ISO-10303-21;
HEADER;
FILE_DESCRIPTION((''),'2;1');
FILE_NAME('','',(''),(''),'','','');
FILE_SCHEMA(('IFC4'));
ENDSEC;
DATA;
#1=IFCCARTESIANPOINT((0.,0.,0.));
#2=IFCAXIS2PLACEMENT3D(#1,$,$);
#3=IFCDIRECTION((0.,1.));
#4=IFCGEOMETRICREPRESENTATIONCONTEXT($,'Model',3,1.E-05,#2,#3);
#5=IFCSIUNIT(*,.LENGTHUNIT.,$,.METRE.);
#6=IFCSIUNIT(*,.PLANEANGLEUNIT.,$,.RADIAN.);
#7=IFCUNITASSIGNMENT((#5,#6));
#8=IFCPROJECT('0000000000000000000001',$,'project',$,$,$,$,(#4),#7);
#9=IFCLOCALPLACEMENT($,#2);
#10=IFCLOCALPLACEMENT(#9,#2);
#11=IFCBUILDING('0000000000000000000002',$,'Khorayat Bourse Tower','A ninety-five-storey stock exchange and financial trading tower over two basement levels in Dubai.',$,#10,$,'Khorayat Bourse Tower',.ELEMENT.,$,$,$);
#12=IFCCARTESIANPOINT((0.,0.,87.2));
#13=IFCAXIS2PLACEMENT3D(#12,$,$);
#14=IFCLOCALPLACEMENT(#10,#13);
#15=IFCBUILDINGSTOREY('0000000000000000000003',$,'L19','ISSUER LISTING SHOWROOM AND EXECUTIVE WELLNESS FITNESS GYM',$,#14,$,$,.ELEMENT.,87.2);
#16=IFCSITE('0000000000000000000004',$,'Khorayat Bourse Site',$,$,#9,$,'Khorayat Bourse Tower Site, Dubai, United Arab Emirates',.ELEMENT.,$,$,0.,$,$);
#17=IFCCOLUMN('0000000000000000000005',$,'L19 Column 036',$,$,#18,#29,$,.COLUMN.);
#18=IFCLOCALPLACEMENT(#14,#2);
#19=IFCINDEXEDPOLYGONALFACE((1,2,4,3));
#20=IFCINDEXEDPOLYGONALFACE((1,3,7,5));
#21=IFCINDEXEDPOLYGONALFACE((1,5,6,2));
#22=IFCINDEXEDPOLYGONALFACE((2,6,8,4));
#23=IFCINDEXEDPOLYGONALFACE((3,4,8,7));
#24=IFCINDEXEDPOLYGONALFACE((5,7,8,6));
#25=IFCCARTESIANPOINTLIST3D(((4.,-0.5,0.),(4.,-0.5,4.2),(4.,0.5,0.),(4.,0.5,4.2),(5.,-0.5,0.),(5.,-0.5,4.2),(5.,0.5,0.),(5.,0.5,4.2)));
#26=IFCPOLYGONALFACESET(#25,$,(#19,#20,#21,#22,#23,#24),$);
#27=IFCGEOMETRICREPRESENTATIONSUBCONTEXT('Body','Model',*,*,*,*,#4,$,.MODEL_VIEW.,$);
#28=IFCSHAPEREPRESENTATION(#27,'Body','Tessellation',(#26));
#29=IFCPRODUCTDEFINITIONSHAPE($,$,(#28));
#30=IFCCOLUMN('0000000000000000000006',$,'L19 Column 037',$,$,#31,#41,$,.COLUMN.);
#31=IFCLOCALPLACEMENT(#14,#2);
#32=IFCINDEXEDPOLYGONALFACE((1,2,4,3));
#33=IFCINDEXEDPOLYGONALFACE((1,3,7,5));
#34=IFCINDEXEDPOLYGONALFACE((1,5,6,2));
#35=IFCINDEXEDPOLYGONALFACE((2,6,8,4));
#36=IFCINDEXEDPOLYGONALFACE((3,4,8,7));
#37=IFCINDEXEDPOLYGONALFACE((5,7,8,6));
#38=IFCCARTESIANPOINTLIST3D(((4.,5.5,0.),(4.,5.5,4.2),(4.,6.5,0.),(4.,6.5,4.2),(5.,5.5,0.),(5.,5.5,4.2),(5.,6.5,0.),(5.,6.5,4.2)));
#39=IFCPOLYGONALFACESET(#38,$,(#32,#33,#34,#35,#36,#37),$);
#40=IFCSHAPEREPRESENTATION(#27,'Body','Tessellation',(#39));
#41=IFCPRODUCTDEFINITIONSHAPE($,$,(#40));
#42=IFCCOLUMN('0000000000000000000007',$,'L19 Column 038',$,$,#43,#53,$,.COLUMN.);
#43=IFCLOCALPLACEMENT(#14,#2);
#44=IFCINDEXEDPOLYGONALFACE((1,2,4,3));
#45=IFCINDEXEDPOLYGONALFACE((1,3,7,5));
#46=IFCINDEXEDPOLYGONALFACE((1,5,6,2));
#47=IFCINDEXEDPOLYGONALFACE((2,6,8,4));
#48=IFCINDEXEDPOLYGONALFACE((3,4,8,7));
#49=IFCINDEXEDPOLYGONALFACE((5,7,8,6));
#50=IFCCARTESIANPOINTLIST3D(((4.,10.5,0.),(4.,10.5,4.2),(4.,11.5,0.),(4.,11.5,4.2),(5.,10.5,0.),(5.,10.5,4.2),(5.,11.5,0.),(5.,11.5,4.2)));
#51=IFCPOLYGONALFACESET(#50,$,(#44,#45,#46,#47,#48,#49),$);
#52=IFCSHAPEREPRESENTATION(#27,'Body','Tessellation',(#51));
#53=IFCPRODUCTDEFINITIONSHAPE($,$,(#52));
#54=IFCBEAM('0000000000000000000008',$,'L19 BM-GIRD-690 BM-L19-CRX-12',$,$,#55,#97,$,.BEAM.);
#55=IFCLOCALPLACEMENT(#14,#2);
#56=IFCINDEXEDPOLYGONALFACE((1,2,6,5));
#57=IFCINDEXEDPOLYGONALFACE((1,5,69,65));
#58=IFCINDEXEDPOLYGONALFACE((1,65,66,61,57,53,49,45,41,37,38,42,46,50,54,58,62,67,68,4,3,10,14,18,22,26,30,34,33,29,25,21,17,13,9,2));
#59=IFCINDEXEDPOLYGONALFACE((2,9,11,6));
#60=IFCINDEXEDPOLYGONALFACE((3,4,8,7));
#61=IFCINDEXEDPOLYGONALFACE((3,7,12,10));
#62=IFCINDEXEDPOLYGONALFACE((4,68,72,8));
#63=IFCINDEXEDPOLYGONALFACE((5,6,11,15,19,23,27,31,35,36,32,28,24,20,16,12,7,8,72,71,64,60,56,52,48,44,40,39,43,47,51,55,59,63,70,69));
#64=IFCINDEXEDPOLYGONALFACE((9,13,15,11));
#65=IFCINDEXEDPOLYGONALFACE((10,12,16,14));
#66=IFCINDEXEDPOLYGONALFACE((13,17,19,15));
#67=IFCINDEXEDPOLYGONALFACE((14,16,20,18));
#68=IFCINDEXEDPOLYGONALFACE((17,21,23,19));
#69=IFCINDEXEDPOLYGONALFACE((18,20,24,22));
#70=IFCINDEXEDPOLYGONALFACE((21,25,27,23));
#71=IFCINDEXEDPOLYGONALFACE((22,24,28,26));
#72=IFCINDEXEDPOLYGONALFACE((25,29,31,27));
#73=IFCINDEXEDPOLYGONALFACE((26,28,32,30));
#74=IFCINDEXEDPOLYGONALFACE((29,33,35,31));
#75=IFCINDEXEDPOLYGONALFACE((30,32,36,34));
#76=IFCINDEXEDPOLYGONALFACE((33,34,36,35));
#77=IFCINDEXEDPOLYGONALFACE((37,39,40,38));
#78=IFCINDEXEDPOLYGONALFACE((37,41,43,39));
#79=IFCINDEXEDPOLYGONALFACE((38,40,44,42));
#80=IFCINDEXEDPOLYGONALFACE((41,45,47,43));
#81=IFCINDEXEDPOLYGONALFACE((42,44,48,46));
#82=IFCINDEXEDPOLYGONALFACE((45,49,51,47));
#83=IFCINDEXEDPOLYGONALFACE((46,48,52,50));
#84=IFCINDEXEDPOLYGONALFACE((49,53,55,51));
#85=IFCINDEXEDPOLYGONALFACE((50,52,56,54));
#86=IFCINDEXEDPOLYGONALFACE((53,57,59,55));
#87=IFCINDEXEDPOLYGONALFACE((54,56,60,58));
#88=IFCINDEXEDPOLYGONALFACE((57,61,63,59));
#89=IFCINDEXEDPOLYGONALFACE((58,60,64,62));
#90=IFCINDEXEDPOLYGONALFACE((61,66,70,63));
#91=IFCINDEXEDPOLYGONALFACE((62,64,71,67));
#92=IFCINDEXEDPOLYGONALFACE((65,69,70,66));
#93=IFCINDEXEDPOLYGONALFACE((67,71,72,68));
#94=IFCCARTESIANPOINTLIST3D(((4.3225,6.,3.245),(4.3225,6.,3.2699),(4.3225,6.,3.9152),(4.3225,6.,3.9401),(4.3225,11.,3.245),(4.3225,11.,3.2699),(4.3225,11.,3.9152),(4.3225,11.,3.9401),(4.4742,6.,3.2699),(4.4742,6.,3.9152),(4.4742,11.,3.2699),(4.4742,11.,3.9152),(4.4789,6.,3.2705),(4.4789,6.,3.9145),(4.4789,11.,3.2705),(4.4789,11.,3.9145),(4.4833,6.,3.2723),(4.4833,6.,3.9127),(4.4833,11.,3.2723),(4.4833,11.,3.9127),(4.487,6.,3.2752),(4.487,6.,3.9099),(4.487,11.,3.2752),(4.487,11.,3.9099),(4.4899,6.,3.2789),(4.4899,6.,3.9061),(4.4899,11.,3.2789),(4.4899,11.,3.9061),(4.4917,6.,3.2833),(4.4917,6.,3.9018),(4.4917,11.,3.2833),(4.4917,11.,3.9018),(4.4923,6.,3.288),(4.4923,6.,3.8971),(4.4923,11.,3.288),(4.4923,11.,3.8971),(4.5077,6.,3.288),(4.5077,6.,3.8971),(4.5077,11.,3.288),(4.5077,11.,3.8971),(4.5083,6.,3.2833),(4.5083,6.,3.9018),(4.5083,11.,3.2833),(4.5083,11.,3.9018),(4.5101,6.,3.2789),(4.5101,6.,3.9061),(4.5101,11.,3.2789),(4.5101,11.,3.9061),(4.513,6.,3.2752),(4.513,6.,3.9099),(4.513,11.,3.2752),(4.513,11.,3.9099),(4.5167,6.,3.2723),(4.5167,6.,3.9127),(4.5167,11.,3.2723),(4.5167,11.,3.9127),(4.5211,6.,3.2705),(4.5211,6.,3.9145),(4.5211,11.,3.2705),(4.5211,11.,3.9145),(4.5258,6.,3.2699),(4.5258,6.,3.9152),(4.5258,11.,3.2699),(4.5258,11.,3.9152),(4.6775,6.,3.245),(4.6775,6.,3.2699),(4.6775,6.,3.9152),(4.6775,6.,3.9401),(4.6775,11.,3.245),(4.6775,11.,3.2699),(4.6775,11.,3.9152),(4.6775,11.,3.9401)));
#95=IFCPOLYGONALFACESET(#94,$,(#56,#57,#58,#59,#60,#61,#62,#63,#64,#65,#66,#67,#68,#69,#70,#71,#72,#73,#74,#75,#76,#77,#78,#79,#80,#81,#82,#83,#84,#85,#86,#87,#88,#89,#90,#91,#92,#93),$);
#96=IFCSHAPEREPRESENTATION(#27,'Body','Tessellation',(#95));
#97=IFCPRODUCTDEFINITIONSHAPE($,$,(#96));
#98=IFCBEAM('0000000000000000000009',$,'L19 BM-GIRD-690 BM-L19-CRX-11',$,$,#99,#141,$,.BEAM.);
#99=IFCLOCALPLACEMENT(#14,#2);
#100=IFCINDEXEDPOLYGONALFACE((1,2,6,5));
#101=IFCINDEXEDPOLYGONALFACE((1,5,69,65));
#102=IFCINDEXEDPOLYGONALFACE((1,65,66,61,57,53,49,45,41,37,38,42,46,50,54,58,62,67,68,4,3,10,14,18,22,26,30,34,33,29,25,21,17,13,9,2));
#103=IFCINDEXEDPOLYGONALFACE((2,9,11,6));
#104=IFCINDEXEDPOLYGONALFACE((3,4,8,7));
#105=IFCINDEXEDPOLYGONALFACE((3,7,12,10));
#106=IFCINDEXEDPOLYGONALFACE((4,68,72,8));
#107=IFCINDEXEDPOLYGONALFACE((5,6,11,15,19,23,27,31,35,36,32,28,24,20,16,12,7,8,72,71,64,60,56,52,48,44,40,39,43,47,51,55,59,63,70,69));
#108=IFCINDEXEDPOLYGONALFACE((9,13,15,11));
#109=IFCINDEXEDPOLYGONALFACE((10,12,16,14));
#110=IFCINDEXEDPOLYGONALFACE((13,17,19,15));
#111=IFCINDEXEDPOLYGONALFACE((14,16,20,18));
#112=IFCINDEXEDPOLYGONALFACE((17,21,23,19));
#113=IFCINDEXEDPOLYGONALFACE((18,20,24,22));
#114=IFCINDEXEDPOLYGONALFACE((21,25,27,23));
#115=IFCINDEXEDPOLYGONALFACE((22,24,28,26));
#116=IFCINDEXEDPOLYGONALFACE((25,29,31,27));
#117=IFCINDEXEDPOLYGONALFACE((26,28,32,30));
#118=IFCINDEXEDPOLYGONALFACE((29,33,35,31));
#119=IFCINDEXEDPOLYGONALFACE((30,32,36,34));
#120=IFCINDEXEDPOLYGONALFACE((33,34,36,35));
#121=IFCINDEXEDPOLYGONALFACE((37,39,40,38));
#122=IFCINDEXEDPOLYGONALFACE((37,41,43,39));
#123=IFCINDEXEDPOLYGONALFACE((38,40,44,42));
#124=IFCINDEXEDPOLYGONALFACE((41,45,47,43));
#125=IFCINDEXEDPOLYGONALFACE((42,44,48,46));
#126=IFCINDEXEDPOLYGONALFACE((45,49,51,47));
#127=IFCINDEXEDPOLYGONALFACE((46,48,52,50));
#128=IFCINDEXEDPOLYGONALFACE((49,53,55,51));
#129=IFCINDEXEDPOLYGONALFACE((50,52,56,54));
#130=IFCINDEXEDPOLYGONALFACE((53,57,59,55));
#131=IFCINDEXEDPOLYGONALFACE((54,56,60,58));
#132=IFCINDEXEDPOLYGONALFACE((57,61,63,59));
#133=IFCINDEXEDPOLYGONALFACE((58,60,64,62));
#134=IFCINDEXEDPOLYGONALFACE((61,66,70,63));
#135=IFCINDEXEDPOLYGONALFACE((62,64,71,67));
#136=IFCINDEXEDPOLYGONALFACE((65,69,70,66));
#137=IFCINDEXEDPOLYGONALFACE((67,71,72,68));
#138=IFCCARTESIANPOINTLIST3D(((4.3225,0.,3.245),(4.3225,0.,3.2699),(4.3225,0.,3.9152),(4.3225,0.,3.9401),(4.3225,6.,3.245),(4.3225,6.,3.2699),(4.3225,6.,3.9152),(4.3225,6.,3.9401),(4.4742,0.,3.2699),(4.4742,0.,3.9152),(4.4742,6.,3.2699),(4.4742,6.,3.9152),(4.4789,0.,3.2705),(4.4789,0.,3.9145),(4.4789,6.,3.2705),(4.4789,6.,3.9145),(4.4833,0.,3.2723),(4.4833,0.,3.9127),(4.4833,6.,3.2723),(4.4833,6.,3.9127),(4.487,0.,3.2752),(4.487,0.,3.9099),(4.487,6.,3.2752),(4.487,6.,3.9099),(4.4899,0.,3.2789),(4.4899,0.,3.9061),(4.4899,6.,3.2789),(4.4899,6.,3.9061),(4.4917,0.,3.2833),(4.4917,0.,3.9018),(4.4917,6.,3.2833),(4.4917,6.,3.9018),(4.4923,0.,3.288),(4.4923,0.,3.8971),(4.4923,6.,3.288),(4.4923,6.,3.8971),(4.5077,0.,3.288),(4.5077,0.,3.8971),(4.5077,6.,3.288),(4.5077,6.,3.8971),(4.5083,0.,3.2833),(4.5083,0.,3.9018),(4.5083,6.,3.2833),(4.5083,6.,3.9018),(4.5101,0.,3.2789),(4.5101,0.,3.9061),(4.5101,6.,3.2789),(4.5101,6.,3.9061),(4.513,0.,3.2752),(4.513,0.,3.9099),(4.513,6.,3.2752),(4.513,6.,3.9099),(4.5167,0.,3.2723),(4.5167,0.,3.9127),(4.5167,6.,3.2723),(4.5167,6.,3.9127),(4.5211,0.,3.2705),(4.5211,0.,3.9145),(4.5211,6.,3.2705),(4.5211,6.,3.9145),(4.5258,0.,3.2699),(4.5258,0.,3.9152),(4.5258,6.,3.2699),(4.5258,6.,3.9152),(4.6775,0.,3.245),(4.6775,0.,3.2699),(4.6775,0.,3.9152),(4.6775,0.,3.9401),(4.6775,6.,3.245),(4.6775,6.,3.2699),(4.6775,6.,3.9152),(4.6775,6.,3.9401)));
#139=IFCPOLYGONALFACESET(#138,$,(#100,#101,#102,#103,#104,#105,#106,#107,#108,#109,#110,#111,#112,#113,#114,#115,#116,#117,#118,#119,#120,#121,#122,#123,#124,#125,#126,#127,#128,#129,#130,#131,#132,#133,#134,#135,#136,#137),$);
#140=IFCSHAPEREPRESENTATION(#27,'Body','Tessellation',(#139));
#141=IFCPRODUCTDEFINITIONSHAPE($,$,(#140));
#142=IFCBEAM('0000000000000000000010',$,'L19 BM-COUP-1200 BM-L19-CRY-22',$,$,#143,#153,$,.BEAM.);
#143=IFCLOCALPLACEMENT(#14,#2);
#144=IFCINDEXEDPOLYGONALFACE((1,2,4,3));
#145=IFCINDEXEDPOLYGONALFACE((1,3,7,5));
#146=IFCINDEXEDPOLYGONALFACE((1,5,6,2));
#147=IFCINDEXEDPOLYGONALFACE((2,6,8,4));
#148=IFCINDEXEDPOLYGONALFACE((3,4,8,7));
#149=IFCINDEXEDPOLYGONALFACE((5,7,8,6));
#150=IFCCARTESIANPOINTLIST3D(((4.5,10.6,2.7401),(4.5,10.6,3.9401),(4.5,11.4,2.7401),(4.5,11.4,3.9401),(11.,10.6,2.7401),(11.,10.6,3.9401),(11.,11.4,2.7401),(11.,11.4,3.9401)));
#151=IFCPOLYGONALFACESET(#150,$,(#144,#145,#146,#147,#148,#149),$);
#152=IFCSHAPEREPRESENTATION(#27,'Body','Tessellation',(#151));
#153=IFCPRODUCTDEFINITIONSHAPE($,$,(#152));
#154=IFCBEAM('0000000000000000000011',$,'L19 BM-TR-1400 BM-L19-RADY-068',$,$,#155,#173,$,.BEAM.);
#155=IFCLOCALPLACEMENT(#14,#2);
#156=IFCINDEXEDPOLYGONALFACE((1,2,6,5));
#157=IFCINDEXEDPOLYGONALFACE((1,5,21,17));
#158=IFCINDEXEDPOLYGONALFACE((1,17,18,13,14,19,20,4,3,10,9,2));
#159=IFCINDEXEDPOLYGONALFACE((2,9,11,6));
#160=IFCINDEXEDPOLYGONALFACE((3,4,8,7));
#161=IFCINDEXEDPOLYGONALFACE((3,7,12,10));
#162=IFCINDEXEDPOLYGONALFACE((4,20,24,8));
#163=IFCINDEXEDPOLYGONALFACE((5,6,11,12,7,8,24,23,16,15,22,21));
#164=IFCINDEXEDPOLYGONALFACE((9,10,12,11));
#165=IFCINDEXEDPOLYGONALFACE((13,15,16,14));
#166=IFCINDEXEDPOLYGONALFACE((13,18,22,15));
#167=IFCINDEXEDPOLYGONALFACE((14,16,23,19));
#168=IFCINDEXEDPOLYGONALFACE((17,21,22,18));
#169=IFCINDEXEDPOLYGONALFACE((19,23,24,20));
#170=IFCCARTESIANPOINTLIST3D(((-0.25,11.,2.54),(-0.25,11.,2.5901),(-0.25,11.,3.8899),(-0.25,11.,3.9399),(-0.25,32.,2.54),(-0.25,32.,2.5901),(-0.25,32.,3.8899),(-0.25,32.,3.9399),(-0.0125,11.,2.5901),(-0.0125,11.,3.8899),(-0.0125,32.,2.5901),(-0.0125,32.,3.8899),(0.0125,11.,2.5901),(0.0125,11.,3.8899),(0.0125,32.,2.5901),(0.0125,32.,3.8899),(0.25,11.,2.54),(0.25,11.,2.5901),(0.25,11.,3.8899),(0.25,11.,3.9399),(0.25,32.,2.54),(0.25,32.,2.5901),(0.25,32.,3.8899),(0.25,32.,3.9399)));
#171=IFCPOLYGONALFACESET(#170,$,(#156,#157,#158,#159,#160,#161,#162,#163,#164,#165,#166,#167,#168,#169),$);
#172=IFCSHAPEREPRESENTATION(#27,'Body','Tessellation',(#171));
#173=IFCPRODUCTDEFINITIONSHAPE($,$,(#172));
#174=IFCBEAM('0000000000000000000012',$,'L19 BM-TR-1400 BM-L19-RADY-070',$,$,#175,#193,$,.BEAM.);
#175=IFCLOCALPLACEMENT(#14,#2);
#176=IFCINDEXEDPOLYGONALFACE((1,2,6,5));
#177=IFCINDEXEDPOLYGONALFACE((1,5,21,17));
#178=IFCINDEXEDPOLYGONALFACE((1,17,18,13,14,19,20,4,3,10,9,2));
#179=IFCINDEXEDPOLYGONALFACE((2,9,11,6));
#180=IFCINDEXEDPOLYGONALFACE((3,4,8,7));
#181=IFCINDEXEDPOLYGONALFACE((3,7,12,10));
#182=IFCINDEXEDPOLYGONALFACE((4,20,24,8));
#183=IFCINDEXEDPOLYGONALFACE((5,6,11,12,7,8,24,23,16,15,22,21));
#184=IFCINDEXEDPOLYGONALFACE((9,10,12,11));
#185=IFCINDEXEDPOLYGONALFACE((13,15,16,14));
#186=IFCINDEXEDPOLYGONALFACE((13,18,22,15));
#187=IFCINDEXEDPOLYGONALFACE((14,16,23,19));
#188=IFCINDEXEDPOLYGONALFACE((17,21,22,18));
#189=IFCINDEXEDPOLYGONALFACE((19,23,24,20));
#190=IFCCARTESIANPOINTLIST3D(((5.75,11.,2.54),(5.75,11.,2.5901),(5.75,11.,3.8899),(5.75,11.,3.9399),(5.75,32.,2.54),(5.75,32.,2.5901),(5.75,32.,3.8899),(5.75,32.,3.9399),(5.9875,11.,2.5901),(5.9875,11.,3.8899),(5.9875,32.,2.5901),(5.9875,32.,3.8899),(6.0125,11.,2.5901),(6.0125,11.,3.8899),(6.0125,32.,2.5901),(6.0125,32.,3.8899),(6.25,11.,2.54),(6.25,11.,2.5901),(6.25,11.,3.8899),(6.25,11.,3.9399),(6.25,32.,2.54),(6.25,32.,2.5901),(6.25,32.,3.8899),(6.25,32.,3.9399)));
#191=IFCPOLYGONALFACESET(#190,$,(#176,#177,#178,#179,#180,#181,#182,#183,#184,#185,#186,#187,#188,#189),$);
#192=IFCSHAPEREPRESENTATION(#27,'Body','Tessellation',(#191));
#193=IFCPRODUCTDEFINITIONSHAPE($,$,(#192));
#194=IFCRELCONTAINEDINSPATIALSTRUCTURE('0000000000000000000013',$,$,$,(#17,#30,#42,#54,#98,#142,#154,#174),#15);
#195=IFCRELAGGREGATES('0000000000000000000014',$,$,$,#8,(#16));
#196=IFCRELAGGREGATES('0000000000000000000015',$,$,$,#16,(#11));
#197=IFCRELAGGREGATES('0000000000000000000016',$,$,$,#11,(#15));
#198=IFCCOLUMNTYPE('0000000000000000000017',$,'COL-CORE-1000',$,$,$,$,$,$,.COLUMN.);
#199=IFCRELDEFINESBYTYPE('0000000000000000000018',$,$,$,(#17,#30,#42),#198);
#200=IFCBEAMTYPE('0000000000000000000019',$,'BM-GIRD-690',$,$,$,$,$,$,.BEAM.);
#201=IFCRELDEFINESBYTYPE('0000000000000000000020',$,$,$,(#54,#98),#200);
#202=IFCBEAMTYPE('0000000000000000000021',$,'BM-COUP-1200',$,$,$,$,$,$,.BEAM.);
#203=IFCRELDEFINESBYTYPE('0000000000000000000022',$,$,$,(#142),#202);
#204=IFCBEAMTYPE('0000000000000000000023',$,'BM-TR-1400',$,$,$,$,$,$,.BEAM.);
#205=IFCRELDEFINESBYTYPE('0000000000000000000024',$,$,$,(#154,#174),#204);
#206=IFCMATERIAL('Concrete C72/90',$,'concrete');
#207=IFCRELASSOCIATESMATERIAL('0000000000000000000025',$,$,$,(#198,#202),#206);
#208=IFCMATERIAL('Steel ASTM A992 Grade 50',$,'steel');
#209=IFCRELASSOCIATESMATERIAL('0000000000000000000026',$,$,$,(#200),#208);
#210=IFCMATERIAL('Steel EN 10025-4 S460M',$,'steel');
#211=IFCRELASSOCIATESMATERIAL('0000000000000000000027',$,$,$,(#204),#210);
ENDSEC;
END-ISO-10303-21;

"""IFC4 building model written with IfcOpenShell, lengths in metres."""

from ifc_helpers import new_model, si_unit, direction, frame, origin, origin_2d, place, context, subcontext, project, spatial, rectangle, i_section, extrude, source, transform, mapped, material, material_profile, profile_set, type_object, element, save


model = new_model("IFC4")

# Units and contexts
model_context = context("Model", 3, precision=1e-05, world=origin(), true_north=direction((0.0, 1.0)))
body_context = subcontext(model_context, "Body", "Model", "MODEL_VIEW")
ifc_project = project(units=[si_unit("LENGTHUNIT", "METRE"), si_unit("PLANEANGLEUNIT", "RADIAN")], contexts=[model_context])

# Site, building, storey
site_placement = place(None, origin())
site = spatial("IfcSite", under=ifc_project, at=site_placement, Name="Khorayat Bourse Site", LongName="Khorayat Bourse Tower Site, Dubai, United Arab Emirates", CompositionType="ELEMENT", RefElevation=0.0)
building_placement = place(site_placement, origin())
building = spatial("IfcBuilding", under=site, at=building_placement, Name="Khorayat Bourse Tower", Description="A ninety-five-storey stock exchange and financial trading tower over two basement levels in Dubai.", LongName="Khorayat Bourse Tower", CompositionType="ELEMENT")
storey_placement = place(building_placement, frame((0.0, 0.0, 87.2)))
storey = spatial("IfcBuildingStorey", under=building, at=storey_placement, Name="L19", Description="ISSUER LISTING SHOWROOM AND EXECUTIVE WELLNESS FITNESS GYM", CompositionType="ELEMENT", Elevation=87.2)

# Columns
ifc_material_1 = material(Name="Concrete C72/90", Category="concrete")
ifc_material_profile_1 = material_profile(ifc_material_1, rectangle(XDim=1.0, YDim=1.0, at=origin_2d()), Name="RC 1000x1000")
ifc_profile_set_1 = profile_set([ifc_material_profile_1], Name="Concrete C72/90")
column_type = type_object("IfcColumnType", Name="COL-CORE-1000", PredefinedType="COLUMN", material=ifc_profile_set_1)
shared_shape_1 = source(origin(), body_context, "Body", "SweptSolid", [
    extrude(rectangle(XDim=1.0, YDim=1.0, at=origin_2d()), origin(), (0.0, 0.0, 1.0), 4.2),
])
for number, where, z_axis, x_axis, name in (
    (1, (4.5, 0.0, 0.0), (0.0, 0.0, 1.0), (1.0, 0.0, 0.0), "L19 Column 036"),
    (2, (4.5, 6.0, 0.0), (0.0, 0.0, 1.0), (1.0, 0.0, 0.0), "L19 Column 037"),
    (3, (4.5, 11.0, 0.0), (0.0, 0.0, 1.0), (1.0, 0.0, 0.0), "L19 Column 038"),
):
    element("IfcColumn", number, at=place(storey_placement, frame(where, z_axis=z_axis, x_axis=x_axis)), inside=storey, type_object=column_type, Name=name, PredefinedType="COLUMN", context=body_context, shape_type="MappedRepresentation", body=[
        mapped(shared_shape_1, transform((0.0, 0.0, 0.0), scale=1.0)),
    ])

# Beams
ifc_material_2 = material(Name="Steel ASTM A992 Grade 50", Category="steel")
ifc_material_profile_2 = material_profile(ifc_material_2, i_section(OverallWidth=0.355, OverallDepth=0.6951, WebThickness=0.0154, FlangeThickness=0.0249, FilletRadius=0.0181, at=origin_2d()), Name="W690X217")
ifc_profile_set_2 = profile_set([ifc_material_profile_2], Name="Steel ASTM A992 Grade 50")
beam_type_1 = type_object("IfcBeamType", Name="BM-GIRD-690", PredefinedType="BEAM", material=ifc_profile_set_2)
shared_shape_2 = source(origin(), body_context, "Body", "SweptSolid", [
    extrude(i_section(OverallWidth=0.355, OverallDepth=0.6951, WebThickness=0.0154, FlangeThickness=0.0249, FilletRadius=0.0181, at=origin_2d()), origin(), (0.0, 0.0, 1.0), 5.0),
])
beam_1_placement = place(storey_placement, frame((4.5, 6.0, 3.5925), z_axis=(0.0, 1.0, 0.0), x_axis=(-1.0, 0.0, 0.0)))
element("IfcBeam", 4, at=beam_1_placement, inside=storey, type_object=beam_type_1, Name="L19 BM-GIRD-690 BM-L19-CRX-12", PredefinedType="BEAM", context=body_context, shape_type="MappedRepresentation", body=[
    mapped(shared_shape_2, transform((0.0, 0.0, 0.0), scale=1.0)),
])
shared_shape_3 = source(origin(), body_context, "Body", "SweptSolid", [
    extrude(i_section(OverallWidth=0.355, OverallDepth=0.6951, WebThickness=0.0154, FlangeThickness=0.0249, FilletRadius=0.0181, at=origin_2d()), origin(), (0.0, 0.0, 1.0), 6.0),
])
beam_2_placement = place(storey_placement, frame((4.5, 0.0, 3.5925), z_axis=(0.0, 1.0, 0.0), x_axis=(-1.0, 0.0, 0.0)))
element("IfcBeam", 5, at=beam_2_placement, inside=storey, type_object=beam_type_1, Name="L19 BM-GIRD-690 BM-L19-CRX-11", PredefinedType="BEAM", context=body_context, shape_type="MappedRepresentation", body=[
    mapped(shared_shape_3, transform((0.0, 0.0, 0.0), scale=1.0)),
])
ifc_material_profile_3 = material_profile(ifc_material_1, rectangle(XDim=0.8, YDim=1.2, at=origin_2d()), Name="RC 800x1200")
ifc_profile_set_3 = profile_set([ifc_material_profile_3], Name="Concrete C72/90")
beam_type_2 = type_object("IfcBeamType", Name="BM-COUP-1200", PredefinedType="BEAM", material=ifc_profile_set_3)
shared_shape_4 = source(origin(), body_context, "Body", "SweptSolid", [
    extrude(rectangle(XDim=0.8, YDim=1.2, at=origin_2d()), origin(), (0.0, 0.0, 1.0), 6.5),
])
beam_3_placement = place(storey_placement, frame((4.5, 11.0, 3.3401), z_axis=(1.0, 0.0, 0.0), x_axis=(0.0, 1.0, 0.0)))
element("IfcBeam", 6, at=beam_3_placement, inside=storey, type_object=beam_type_2, Name="L19 BM-COUP-1200 BM-L19-CRY-22", PredefinedType="BEAM", context=body_context, shape_type="MappedRepresentation", body=[
    mapped(shared_shape_4, transform((0.0, 0.0, 0.0), scale=1.0)),
])
ifc_material_3 = material(Name="Steel EN 10025-4 S460M", Category="steel")
ifc_material_profile_4 = material_profile(ifc_material_3, i_section(OverallWidth=0.5, OverallDepth=1.3999, WebThickness=0.0249, FlangeThickness=0.05, at=origin_2d()), Name="PG 1400x500x25x50")
ifc_profile_set_4 = profile_set([ifc_material_profile_4], Name="Steel EN 10025-4 S460M")
beam_type_3 = type_object("IfcBeamType", Name="BM-TR-1400", PredefinedType="BEAM", material=ifc_profile_set_4)
shared_shape_5 = source(origin(), body_context, "Body", "SweptSolid", [
    extrude(i_section(OverallWidth=0.5, OverallDepth=1.3999, WebThickness=0.0249, FlangeThickness=0.05, at=origin_2d()), origin(), (0.0, 0.0, 1.0), 21.0),
])
for number, where, z_axis, x_axis, name in (
    (7, (0.0, 11.0, 3.24), (0.0, 1.0, 0.0), (-1.0, 0.0, 0.0), "L19 BM-TR-1400 BM-L19-RADY-068"),
    (8, (6.0, 11.0, 3.24), (0.0, 1.0, 0.0), (-1.0, 0.0, 0.0), "L19 BM-TR-1400 BM-L19-RADY-070"),
):
    element("IfcBeam", number, at=place(storey_placement, frame(where, z_axis=z_axis, x_axis=x_axis)), inside=storey, type_object=beam_type_3, Name=name, PredefinedType="BEAM", context=body_context, shape_type="MappedRepresentation", body=[
        mapped(shared_shape_5, transform((0.0, 0.0, 0.0), scale=1.0)),
    ])

save(model, "model.ifc")
